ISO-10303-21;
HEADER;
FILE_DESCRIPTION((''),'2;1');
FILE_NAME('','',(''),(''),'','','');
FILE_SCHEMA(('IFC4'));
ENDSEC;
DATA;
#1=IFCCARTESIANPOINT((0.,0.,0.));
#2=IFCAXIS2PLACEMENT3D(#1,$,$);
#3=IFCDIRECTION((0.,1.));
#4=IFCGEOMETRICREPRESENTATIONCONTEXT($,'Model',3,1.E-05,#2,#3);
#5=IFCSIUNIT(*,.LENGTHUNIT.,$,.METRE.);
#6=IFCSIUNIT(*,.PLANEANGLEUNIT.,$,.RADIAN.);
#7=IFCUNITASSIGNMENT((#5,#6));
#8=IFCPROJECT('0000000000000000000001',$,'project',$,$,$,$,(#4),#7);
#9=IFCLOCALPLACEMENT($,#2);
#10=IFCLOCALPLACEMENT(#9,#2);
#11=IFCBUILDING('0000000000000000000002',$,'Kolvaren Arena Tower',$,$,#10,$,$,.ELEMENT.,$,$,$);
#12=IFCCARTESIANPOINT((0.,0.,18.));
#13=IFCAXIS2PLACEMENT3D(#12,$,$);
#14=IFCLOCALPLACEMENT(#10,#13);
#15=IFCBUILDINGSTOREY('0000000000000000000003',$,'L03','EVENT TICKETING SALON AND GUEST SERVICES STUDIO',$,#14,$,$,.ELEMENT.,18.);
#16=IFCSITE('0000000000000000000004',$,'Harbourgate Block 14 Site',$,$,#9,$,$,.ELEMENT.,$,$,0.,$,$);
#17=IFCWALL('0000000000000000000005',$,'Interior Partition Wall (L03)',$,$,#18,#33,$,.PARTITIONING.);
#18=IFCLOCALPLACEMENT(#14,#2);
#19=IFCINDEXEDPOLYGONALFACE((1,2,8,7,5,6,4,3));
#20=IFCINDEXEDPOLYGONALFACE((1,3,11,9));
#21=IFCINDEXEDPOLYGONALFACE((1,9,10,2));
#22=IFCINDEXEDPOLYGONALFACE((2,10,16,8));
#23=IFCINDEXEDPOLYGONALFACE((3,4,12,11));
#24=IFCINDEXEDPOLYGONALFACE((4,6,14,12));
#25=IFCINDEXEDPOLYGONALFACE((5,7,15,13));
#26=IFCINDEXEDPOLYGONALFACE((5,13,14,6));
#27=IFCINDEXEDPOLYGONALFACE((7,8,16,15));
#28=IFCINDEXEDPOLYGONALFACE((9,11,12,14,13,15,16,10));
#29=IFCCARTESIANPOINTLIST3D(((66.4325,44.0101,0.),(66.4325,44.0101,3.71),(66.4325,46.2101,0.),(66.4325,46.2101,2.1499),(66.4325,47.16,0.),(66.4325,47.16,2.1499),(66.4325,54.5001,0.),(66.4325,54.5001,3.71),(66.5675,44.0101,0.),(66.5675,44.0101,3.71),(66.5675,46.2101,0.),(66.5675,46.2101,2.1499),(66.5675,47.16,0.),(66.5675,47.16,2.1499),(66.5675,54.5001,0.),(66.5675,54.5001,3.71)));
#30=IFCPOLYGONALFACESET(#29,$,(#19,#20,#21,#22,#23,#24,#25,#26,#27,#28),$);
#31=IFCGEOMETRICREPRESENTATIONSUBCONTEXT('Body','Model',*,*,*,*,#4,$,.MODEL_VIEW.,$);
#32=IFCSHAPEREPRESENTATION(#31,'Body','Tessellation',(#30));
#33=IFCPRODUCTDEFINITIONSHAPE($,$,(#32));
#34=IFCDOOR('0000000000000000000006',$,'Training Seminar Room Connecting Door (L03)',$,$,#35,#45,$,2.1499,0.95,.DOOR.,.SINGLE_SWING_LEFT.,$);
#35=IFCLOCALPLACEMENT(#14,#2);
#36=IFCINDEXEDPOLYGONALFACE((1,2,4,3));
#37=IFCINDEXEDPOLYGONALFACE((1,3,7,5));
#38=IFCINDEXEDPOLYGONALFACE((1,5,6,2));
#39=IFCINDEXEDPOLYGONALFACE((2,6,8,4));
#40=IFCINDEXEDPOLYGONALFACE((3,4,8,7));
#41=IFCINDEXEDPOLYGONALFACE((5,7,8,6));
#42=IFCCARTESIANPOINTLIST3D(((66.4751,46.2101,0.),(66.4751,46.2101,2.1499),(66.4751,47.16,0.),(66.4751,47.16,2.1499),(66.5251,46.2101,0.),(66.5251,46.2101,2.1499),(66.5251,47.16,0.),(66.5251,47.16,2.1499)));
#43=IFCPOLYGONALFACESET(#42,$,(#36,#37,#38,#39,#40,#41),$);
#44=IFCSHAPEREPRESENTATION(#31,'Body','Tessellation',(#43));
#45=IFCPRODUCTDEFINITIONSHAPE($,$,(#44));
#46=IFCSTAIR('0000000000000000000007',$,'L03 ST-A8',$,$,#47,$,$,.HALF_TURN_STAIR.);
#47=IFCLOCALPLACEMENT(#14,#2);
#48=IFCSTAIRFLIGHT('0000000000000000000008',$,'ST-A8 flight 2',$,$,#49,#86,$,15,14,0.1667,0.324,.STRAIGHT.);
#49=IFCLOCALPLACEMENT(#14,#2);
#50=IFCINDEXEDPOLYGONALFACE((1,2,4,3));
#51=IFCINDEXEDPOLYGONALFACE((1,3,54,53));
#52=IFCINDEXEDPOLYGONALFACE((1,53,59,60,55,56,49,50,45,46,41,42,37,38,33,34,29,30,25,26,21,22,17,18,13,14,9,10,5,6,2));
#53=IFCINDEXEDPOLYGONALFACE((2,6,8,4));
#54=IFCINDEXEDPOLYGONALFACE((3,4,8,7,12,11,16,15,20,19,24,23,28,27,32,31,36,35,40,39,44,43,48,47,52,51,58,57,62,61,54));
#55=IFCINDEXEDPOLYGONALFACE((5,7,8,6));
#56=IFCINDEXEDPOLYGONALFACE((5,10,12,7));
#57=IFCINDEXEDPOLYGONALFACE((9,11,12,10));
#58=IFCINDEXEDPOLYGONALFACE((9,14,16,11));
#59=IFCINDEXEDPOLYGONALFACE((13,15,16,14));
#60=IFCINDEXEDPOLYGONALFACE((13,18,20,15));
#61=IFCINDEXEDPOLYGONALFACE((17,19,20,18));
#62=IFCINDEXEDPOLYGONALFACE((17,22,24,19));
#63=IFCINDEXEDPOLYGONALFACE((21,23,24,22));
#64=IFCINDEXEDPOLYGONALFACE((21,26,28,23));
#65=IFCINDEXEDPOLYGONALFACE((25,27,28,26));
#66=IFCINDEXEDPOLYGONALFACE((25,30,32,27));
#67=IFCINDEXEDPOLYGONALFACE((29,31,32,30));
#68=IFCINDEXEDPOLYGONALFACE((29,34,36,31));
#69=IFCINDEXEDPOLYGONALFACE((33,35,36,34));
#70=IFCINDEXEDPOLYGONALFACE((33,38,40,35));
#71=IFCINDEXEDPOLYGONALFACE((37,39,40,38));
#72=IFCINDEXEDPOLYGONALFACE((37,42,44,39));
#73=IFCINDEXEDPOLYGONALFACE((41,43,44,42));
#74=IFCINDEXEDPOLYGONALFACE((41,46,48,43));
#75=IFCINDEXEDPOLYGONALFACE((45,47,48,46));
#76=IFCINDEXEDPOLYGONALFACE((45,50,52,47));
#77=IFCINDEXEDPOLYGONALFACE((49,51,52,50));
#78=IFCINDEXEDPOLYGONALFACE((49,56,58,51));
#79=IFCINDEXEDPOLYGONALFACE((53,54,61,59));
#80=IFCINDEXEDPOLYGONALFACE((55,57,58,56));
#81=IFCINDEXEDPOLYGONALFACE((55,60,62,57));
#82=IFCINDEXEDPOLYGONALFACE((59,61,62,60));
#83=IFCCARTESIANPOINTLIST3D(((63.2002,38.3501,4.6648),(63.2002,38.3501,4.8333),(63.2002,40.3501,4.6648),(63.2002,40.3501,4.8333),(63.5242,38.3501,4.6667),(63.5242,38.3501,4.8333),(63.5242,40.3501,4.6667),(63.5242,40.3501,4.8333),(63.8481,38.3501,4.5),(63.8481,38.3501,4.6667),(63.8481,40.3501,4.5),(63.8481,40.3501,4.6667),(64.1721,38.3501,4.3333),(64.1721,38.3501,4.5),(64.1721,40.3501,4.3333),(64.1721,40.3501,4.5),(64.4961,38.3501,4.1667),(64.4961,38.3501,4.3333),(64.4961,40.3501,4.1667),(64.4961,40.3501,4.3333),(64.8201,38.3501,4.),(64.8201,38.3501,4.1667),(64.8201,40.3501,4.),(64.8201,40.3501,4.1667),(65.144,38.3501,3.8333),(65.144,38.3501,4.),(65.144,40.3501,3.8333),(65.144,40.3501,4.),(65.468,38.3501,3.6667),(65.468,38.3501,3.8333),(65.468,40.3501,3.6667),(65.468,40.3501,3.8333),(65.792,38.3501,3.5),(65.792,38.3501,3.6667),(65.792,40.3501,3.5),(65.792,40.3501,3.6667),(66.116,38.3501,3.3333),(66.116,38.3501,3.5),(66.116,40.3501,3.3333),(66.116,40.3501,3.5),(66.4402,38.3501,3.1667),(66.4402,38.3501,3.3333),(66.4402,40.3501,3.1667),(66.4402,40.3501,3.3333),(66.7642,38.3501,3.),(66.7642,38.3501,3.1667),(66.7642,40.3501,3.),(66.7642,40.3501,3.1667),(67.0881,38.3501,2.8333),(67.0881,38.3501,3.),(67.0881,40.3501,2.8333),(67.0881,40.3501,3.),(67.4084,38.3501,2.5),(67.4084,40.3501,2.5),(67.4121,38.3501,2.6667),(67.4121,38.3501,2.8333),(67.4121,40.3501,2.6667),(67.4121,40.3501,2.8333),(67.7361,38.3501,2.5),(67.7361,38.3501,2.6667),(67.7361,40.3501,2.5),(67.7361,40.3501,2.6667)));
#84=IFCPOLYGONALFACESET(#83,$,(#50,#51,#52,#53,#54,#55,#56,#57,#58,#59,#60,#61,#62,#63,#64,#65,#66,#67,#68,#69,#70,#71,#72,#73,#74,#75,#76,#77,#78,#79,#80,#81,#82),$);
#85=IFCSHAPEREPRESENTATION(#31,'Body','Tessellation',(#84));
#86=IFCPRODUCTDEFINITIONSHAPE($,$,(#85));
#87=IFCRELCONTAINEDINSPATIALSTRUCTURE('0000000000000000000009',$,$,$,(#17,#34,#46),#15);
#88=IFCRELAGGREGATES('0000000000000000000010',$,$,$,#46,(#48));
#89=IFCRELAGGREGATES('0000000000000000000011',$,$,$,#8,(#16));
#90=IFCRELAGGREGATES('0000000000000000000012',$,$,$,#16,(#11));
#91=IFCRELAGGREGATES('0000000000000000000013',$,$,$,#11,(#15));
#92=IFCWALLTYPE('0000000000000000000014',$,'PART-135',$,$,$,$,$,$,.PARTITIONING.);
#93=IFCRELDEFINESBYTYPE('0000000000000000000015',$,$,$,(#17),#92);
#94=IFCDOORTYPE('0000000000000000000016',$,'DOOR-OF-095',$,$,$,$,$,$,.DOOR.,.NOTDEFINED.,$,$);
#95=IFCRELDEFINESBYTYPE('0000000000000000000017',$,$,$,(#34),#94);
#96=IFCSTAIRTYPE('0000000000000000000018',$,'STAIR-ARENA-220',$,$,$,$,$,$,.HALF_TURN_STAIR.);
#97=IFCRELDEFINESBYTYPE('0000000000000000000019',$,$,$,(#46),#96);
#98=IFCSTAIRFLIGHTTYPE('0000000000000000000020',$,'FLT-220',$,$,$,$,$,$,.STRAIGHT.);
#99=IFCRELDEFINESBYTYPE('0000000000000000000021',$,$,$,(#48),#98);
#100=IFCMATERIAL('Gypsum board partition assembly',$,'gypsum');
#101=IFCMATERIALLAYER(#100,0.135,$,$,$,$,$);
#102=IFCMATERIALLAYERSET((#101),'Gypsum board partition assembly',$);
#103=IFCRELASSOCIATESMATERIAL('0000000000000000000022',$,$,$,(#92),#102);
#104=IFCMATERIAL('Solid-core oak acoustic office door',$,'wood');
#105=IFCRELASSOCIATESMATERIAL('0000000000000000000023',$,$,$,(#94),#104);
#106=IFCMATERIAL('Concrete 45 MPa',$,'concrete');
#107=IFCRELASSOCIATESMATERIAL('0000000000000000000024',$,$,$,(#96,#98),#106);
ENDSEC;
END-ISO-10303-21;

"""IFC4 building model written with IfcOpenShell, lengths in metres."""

from ifc_helpers import new_model, si_unit, direction, frame, frame_2d, origin, place, context, subcontext, project, spatial, polyline, rectangle, outline, extrude, material, layer, layer_set, type_object, element, fill, aggregate, save


model = new_model("IFC4")

# Units and contexts
model_context = context("Model", 3, precision=1e-05, world=origin(), true_north=direction((0.0, 1.0)))
body_context = subcontext(model_context, "Body", "Model", "MODEL_VIEW")
ifc_project = project(units=[si_unit("LENGTHUNIT", "METRE"), si_unit("PLANEANGLEUNIT", "RADIAN")], contexts=[model_context])

# Site, building, storey
site_placement = place(None, origin())
site = spatial("IfcSite", under=ifc_project, at=site_placement, Name="Harbourgate Block 14 Site", CompositionType="ELEMENT", RefElevation=0.0)
building_placement = place(site_placement, origin())
building = spatial("IfcBuilding", under=site, at=building_placement, Name="Kolvaren Arena Tower", CompositionType="ELEMENT")
storey_placement = place(building_placement, frame((0.0, 0.0, 18.0)))
storey = spatial("IfcBuildingStorey", under=building, at=storey_placement, Name="L03", Description="EVENT TICKETING SALON AND GUEST SERVICES STUDIO", CompositionType="ELEMENT", Elevation=18.0)

# Wall, opening, door
ifc_material_1 = material(Name="Gypsum board partition assembly", Category="gypsum")
ifc_layer_1 = layer(ifc_material_1, 0.135)
ifc_layer_set_1 = layer_set([ifc_layer_1], Name="Gypsum board partition assembly")
wall_type_1 = type_object("IfcWallType", Name="PART-135", PredefinedType="PARTITIONING", material=ifc_layer_set_1)
wall_1_placement = place(storey_placement, frame((66.5, 44.01, 0.0), z_axis=(0.0, 0.0, 1.0), x_axis=(0.0, 1.0, 0.0)))
wall_1 = element("IfcWall", 1, at=wall_1_placement, inside=storey, type_object=wall_type_1, Name="Interior Partition Wall (L03)", PredefinedType="PARTITIONING", context=body_context, shape_type="SweptSolid", body=[
    extrude(rectangle(XDim=10.49, YDim=0.135, at=frame_2d((5.2451, 0.0))), origin(), (0.0, 0.0, 1.0), 3.71),
])
opening_1_placement = place(wall_1_placement, frame((2.2, 0.0, 0.0)))
opening_1 = element("IfcOpeningElement", 2, at=opening_1_placement, cuts=wall_1, PredefinedType="OPENING", context=body_context, shape_type="SweptSolid", body=[
    extrude(rectangle(XDim=0.95, YDim=2.1499, at=frame_2d((0.4751, 1.075))), frame((0.0, 0.0774, 0.0), z_axis=(0.0, -1.0, 0.0), x_axis=(1.0, 0.0, 0.0)), (0.0, 0.0, 1.0), 0.155),
])
ifc_material_2 = material(Name="Solid-core oak acoustic office door", Category="wood")
door_type = type_object("IfcDoorType", Name="DOOR-OF-095", OperationType="NOTDEFINED", PredefinedType="DOOR", material=ifc_material_2)
door_placement = place(opening_1_placement, origin())
door = element("IfcDoor", 3, at=door_placement, inside=storey, type_object=door_type, Name="Training Seminar Room Connecting Door (L03)", OperationType="SINGLE_SWING_LEFT", OverallHeight=2.1499, OverallWidth=0.95, PredefinedType="DOOR", context=body_context, shape_type="SweptSolid", body=[
    extrude(rectangle(XDim=0.95, YDim=2.1499, at=frame_2d((0.4751, 1.075))), frame((0.0, 0.0249, 0.0), z_axis=(0.0, -1.0, 0.0), x_axis=(1.0, 0.0, 0.0)), (0.0, 0.0, 1.0), 0.05),
])
fill(opening_1, door)

# Stair, stair flight
ifc_material_3 = material(Name="Concrete 45 MPa", Category="concrete")
stair_type = type_object("IfcStairType", Name="STAIR-ARENA-220", PredefinedType="HALF_TURN_STAIR", material=ifc_material_3)
stair_placement = place(storey_placement, origin())
stair = element("IfcStair", 4, at=stair_placement, inside=storey, type_object=stair_type, Name="L03 ST-A8", PredefinedType="HALF_TURN_STAIR")
stair_flight_type = type_object("IfcStairFlightType", Name="FLT-220", PredefinedType="STRAIGHT", material=ifc_material_3)
stair_flight_placement = place(storey_placement, frame((67.7361, 39.3501, 2.5), z_axis=(0.0, 0.0, 1.0), x_axis=(-1.0, 0.0, 0.0)))
stair_flight = element("IfcStairFlight", 5, at=stair_flight_placement, type_object=stair_flight_type, Name="ST-A8 flight 2", NumberOfRisers=15, NumberOfTreads=14, PredefinedType="STRAIGHT", RiserHeight=0.1667, TreadLength=0.324, context=body_context, shape_type="SweptSolid", body=[
    extrude(outline(polyline([(0.0, 0.0), (0.0, 0.1667), (0.324, 0.1667), (0.324, 0.3333), (0.6479, 0.3333), (0.6479, 0.5), (0.9719, 0.5), (0.9719, 0.6667), (1.2959, 0.6667), (1.2959, 0.8333), (1.6201, 0.8333), (1.6201, 1.0), (1.9441, 1.0), (1.9441, 1.1667), (2.2681, 1.1667), (2.2681, 1.3333), (2.592, 1.3333), (2.592, 1.5), (2.916, 1.5), (2.916, 1.6667), (3.24, 1.6667), (3.24, 1.8333), (3.564, 1.8333), (3.564, 2.0), (3.8879, 2.0), (3.8879, 2.1667), (4.2119, 2.1667), (4.2119, 2.3333), (4.5359, 2.3333), (4.5359, 2.5), (4.5359, 2.1648), (0.3276, 0.0), (0.0, 0.0)])), frame((0.0, 1.0, 0.0), z_axis=(0.0, -1.0, 0.0), x_axis=(1.0, 0.0, 0.0)), (0.0, 0.0, 1.0), 2.0),
])
aggregate(stair, [stair_flight])

save(model, "model.ifc")
